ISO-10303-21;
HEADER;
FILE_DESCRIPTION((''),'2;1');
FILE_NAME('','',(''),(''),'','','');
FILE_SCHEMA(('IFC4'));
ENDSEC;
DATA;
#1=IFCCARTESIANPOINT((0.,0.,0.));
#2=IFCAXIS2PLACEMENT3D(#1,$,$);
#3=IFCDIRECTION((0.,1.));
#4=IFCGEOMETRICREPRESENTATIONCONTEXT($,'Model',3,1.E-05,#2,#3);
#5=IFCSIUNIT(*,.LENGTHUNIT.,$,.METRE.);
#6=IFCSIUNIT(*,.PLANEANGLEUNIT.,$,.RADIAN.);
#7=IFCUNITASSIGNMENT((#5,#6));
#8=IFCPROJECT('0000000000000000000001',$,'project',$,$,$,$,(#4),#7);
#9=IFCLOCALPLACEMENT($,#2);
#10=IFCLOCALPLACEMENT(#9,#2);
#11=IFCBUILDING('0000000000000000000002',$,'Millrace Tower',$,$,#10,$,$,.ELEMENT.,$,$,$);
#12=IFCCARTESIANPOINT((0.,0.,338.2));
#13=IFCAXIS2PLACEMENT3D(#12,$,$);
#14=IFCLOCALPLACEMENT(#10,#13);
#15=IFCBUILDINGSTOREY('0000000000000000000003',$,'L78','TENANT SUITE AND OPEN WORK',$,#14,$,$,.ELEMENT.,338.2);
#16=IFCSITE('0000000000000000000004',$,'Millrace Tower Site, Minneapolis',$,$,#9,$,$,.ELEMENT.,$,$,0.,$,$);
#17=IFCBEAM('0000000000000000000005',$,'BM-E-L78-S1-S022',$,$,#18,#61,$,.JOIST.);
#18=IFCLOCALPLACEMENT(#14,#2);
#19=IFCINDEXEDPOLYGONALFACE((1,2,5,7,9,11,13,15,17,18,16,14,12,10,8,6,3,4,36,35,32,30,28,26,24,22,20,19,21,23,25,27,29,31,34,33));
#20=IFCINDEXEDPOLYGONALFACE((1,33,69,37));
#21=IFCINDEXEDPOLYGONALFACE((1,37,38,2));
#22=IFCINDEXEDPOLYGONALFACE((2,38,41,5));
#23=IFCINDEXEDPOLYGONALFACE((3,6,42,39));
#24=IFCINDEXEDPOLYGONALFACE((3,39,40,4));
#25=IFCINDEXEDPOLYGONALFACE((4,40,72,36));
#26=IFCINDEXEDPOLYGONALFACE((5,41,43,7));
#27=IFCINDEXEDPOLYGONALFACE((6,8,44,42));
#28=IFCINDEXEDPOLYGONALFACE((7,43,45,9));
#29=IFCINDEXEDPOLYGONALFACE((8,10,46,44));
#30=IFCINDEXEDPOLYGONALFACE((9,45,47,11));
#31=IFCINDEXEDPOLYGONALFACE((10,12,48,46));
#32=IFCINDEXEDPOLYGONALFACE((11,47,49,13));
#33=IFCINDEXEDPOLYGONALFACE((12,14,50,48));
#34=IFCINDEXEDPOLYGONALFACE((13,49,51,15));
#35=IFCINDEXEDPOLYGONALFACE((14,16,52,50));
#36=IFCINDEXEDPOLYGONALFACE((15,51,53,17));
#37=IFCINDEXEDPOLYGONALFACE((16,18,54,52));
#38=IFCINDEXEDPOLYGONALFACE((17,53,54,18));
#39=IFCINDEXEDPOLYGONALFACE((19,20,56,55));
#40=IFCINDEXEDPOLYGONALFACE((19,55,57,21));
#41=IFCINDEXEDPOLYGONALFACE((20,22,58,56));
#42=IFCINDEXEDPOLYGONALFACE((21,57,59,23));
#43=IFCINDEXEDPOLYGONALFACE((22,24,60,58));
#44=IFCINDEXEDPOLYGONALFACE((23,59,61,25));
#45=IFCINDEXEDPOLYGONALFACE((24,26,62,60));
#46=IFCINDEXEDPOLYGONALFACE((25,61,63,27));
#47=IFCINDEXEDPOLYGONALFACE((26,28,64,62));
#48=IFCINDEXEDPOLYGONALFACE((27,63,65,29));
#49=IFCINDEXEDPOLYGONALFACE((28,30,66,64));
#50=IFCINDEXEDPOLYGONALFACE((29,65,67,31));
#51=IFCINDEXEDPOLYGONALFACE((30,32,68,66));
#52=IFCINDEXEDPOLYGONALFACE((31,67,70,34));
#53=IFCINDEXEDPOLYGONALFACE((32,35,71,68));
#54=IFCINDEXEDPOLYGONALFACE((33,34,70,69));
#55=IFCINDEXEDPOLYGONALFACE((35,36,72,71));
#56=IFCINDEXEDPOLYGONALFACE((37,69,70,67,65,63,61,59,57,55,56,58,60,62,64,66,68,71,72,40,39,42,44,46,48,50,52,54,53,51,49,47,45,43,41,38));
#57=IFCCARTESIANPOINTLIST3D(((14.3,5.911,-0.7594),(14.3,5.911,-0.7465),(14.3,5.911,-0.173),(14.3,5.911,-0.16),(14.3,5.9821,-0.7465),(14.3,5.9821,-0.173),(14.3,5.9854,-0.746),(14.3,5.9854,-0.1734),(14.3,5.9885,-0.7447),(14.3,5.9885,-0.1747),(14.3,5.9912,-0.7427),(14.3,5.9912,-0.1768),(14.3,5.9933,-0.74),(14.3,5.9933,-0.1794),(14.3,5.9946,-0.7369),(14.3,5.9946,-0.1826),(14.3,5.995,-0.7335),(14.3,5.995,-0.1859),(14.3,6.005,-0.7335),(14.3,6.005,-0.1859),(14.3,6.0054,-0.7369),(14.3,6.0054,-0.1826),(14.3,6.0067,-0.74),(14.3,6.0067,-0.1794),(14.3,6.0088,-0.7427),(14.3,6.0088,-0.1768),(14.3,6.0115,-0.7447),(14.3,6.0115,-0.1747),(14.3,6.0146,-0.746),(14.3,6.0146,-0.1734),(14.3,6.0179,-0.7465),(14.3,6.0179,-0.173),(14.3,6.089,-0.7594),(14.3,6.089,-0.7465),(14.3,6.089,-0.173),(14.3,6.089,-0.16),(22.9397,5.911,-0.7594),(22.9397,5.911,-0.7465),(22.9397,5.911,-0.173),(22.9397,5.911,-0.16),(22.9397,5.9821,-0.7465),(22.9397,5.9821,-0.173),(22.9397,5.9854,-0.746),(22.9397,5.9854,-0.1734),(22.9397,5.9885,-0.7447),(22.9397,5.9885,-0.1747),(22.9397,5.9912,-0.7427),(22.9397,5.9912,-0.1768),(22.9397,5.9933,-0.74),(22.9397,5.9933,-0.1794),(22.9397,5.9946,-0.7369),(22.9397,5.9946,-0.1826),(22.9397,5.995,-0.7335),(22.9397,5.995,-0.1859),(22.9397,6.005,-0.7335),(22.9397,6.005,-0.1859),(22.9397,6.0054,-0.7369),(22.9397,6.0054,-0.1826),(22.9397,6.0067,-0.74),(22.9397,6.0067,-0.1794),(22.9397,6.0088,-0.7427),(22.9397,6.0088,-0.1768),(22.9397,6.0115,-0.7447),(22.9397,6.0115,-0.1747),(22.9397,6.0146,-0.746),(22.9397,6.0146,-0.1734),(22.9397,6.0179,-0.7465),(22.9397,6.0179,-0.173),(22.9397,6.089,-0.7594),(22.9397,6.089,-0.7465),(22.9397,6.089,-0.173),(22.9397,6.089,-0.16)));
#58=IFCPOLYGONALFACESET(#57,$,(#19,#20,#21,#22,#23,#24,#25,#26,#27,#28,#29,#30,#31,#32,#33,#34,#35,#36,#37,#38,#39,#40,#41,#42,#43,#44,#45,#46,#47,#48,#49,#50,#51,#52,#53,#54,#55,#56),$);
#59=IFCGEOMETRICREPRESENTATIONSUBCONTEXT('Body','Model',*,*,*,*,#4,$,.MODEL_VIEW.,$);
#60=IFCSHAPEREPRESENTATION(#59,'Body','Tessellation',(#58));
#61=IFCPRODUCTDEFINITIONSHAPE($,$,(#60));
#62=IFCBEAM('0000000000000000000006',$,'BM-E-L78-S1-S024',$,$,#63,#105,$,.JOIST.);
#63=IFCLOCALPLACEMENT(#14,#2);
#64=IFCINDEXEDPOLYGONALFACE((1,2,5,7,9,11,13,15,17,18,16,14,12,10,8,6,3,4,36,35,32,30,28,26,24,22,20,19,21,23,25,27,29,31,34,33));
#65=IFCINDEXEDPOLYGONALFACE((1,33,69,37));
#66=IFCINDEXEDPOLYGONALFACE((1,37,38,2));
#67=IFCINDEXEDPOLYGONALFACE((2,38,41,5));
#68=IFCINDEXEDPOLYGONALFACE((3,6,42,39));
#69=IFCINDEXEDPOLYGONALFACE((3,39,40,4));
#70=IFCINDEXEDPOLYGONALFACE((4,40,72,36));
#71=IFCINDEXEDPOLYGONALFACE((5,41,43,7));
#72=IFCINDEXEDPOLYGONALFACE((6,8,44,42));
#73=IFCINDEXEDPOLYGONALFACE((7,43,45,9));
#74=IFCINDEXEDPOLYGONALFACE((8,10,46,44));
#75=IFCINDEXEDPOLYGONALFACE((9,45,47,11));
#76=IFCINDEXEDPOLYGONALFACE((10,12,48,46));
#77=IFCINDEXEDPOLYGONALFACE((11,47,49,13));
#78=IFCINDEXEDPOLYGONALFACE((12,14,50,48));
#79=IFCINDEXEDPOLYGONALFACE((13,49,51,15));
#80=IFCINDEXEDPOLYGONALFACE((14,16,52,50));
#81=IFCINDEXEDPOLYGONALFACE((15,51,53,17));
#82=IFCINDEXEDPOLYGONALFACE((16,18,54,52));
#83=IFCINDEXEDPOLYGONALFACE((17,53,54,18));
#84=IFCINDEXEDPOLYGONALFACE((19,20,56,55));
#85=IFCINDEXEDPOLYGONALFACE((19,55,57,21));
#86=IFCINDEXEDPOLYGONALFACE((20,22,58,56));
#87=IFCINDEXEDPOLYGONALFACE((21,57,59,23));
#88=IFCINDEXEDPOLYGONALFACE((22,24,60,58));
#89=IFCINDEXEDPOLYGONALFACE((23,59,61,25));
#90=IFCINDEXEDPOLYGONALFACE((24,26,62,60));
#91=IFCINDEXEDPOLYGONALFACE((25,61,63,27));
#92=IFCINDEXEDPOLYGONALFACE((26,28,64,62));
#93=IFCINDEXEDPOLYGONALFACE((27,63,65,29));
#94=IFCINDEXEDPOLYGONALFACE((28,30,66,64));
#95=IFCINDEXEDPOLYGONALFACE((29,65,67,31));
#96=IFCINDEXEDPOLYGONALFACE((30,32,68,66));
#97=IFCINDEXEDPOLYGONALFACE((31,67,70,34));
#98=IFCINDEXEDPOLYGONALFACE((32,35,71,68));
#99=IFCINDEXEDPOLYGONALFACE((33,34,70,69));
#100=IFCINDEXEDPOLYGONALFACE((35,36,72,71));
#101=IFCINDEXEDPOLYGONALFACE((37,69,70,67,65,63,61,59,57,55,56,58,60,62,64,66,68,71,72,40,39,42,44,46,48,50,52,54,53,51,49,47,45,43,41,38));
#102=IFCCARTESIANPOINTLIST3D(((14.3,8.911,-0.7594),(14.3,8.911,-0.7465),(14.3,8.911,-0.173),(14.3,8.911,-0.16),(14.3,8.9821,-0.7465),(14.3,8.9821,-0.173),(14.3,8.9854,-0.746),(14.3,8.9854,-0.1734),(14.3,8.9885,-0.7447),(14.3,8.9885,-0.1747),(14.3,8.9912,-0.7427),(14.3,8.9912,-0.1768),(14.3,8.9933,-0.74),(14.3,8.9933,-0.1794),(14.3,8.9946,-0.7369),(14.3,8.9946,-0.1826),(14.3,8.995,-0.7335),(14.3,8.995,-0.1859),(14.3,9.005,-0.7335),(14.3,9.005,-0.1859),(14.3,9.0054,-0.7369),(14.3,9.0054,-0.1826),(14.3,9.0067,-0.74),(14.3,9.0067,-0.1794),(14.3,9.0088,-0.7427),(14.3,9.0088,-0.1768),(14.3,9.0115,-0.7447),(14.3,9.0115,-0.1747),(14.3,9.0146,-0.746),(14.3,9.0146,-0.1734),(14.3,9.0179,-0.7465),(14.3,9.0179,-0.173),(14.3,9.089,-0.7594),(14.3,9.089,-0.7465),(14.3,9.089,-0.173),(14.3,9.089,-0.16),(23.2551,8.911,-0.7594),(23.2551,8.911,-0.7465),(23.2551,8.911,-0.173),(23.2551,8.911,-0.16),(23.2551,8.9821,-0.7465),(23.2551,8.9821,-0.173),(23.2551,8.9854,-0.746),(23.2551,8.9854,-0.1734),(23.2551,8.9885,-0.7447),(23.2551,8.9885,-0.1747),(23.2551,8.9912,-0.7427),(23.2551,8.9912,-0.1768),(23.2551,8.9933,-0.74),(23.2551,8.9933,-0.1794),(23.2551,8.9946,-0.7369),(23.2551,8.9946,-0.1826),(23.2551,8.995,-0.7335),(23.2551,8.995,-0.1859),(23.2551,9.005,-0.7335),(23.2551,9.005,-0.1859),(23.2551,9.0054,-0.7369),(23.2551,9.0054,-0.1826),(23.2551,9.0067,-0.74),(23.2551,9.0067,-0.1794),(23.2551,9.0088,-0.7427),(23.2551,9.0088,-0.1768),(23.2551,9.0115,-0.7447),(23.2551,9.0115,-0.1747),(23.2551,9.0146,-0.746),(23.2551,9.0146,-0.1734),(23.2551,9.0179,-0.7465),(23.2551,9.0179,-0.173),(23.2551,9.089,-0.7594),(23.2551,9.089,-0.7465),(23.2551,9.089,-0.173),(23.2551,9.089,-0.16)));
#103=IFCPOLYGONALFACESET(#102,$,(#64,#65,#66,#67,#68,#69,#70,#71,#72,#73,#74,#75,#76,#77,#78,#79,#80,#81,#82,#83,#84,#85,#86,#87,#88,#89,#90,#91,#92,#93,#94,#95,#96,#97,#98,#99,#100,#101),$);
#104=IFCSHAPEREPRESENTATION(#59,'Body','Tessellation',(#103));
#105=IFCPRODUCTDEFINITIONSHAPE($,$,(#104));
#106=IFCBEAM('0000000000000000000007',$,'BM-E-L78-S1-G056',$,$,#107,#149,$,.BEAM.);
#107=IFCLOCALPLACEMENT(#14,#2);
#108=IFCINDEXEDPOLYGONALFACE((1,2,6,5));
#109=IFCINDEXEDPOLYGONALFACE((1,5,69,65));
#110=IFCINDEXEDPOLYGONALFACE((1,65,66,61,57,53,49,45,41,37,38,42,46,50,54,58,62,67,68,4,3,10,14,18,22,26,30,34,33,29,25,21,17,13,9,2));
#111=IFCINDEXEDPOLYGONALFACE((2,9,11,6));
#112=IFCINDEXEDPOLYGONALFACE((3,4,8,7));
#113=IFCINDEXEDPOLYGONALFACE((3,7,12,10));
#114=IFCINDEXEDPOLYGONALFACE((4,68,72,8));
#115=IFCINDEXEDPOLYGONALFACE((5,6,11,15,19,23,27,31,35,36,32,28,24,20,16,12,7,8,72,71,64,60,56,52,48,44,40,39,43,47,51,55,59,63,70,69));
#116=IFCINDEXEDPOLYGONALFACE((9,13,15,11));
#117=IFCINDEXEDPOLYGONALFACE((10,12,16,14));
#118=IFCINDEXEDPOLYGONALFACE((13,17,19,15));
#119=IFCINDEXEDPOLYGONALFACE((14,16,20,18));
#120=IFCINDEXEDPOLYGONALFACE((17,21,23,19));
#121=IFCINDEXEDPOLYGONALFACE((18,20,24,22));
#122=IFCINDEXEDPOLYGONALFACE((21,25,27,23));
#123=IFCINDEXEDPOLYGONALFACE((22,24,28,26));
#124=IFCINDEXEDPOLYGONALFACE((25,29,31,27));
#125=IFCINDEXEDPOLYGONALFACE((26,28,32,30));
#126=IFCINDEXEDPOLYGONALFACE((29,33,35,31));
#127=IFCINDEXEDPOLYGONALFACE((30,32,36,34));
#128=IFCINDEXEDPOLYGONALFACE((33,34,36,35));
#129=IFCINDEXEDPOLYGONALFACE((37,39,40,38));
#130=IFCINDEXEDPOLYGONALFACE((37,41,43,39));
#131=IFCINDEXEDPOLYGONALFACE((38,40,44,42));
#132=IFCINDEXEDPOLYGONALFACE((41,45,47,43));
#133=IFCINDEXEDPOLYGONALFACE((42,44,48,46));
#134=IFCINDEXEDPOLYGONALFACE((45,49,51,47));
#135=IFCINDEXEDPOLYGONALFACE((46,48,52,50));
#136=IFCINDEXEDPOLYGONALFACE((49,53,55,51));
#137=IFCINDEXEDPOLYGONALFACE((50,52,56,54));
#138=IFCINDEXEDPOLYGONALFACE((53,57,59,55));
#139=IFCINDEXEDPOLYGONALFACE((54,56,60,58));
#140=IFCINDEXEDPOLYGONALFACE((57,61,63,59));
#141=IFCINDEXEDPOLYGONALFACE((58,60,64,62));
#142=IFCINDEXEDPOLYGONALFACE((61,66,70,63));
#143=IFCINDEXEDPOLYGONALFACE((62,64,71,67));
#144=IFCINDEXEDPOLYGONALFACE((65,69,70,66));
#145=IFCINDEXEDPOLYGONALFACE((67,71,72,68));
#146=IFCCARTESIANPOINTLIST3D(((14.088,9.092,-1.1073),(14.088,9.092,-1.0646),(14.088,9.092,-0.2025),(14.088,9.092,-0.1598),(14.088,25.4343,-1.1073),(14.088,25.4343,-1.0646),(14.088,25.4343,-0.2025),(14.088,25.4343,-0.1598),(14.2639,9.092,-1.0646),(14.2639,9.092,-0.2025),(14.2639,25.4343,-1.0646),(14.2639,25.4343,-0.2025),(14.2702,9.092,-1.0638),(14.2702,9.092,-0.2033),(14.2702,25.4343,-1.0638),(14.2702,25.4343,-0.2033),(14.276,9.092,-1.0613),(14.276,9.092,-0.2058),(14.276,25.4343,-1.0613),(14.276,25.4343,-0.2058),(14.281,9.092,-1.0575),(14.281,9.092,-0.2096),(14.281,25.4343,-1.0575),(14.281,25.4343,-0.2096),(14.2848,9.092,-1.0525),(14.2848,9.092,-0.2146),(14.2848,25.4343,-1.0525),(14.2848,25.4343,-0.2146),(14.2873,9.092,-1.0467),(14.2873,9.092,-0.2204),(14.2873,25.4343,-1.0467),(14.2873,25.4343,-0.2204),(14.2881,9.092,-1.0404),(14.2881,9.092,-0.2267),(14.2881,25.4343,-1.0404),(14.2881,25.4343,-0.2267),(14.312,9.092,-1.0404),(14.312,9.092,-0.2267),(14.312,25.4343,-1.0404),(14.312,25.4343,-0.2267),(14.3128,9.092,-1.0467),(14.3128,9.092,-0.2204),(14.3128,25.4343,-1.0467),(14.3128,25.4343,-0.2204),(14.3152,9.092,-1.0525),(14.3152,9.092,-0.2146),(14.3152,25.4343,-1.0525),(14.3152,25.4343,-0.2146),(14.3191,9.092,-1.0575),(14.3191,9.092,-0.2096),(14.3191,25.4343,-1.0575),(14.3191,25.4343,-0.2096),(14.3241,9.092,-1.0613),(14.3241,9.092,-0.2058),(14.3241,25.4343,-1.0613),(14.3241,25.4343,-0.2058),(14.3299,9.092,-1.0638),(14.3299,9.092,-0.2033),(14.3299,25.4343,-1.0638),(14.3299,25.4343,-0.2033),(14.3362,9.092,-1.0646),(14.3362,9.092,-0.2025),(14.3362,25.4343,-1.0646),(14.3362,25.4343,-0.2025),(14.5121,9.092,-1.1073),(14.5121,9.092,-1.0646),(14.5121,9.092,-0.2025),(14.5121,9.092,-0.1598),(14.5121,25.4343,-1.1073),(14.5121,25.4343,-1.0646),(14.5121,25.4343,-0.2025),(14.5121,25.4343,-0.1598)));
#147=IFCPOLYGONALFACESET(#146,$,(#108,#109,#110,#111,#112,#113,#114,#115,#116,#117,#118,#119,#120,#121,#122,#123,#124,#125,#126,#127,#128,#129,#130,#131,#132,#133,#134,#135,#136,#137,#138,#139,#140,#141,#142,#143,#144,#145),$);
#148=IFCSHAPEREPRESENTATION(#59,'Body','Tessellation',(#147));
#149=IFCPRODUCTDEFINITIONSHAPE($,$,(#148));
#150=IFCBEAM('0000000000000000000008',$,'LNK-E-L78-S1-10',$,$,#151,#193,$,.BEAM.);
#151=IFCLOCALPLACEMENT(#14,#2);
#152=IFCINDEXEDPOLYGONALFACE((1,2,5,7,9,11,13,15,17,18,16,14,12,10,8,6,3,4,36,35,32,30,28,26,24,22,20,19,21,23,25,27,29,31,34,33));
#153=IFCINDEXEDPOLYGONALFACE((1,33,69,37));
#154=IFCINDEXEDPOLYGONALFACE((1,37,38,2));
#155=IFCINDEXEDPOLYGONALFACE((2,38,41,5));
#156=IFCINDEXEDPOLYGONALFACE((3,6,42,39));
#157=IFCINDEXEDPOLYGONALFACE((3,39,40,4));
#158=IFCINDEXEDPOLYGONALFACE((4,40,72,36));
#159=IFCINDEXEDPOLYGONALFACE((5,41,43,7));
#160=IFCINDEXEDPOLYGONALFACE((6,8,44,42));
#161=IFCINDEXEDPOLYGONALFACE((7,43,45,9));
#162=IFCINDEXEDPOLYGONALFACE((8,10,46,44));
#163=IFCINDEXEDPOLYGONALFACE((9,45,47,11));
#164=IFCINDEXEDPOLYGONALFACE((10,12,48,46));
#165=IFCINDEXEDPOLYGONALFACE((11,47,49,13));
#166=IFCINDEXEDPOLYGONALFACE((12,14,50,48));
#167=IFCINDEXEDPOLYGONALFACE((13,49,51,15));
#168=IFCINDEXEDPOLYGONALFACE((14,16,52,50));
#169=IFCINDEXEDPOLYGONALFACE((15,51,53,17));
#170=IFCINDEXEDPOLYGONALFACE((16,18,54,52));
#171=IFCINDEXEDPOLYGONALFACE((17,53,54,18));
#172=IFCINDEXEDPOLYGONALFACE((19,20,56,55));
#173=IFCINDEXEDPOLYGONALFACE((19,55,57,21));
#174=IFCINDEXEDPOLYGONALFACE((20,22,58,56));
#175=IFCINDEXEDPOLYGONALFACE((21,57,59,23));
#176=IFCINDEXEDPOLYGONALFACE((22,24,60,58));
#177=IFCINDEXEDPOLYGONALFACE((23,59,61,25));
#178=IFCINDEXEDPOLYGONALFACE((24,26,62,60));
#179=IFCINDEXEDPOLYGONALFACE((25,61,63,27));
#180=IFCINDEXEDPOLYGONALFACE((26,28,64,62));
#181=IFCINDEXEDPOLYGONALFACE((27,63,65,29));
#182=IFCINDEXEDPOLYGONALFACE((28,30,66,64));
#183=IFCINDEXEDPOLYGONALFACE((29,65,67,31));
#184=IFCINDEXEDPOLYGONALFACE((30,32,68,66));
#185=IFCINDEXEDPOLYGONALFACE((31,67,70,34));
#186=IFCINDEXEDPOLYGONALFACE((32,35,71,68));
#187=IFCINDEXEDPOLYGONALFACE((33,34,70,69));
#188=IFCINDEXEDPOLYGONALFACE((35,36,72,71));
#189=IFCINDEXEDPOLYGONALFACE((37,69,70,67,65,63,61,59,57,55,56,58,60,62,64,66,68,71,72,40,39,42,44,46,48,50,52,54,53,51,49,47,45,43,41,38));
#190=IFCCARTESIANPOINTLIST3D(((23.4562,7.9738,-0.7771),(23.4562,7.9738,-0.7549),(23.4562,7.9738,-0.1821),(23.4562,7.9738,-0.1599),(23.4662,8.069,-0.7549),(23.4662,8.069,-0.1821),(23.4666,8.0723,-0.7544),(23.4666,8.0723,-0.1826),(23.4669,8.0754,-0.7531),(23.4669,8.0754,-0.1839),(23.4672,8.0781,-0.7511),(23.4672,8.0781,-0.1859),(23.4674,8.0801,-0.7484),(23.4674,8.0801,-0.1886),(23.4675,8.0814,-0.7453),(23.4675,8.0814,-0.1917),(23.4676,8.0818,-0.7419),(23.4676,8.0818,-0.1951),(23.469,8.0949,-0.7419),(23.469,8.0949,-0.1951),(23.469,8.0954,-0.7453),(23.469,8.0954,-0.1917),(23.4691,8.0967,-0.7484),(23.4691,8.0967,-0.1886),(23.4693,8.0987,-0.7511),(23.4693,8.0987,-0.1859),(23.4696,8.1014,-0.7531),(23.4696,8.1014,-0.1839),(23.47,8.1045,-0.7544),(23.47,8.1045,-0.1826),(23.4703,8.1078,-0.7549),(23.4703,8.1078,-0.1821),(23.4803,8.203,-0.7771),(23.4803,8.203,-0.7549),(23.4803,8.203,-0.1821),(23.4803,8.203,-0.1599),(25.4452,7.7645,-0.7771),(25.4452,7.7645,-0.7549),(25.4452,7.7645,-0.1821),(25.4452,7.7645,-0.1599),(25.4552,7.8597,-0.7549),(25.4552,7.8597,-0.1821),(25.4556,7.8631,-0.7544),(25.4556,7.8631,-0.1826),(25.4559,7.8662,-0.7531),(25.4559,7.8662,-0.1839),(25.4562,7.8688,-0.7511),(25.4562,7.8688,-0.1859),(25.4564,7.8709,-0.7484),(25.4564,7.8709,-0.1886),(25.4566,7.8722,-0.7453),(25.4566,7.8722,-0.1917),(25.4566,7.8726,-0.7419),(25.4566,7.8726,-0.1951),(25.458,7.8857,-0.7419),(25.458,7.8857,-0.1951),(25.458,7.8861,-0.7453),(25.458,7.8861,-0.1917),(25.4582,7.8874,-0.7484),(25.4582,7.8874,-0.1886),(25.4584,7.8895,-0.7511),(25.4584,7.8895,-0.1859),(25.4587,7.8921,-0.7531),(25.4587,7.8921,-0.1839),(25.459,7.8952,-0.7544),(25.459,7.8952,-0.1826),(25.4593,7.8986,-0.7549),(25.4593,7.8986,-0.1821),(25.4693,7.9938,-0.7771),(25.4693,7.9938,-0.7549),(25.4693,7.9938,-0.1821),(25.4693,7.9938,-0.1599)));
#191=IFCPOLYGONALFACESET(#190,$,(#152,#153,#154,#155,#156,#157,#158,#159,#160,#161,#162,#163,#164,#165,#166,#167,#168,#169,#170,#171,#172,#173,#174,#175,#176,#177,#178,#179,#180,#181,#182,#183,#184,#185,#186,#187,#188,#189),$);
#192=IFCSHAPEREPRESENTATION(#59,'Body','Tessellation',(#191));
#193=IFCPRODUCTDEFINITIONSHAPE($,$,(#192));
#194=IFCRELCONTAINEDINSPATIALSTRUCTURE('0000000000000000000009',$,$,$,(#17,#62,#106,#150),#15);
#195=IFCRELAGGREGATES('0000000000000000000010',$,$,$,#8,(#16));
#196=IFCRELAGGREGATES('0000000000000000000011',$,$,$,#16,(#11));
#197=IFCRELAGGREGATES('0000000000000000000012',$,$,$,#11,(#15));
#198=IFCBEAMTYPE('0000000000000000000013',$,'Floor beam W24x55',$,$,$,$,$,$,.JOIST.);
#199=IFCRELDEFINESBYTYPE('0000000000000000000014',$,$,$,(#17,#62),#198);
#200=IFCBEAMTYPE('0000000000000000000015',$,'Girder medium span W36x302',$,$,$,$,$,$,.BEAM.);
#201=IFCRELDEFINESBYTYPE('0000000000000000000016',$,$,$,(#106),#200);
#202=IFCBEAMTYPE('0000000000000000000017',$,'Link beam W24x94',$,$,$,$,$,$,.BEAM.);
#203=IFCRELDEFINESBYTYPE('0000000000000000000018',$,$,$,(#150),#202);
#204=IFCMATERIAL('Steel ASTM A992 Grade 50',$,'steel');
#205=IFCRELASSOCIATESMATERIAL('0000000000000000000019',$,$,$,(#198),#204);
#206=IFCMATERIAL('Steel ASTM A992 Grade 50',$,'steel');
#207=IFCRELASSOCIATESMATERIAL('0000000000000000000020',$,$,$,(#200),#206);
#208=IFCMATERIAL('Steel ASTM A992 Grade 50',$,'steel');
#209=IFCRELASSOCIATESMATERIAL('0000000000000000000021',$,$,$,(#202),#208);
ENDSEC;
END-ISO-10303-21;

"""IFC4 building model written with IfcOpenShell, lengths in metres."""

from ifc_helpers import new_model, si_unit, direction, frame, origin, origin_2d, place, context, subcontext, project, spatial, i_section, extrude, material, material_profile, profile_set, type_object, element, save


model = new_model("IFC4")

# Units and contexts
model_context = context("Model", 3, precision=1e-05, world=origin(), true_north=direction((0.0, 1.0)))
body_context = subcontext(model_context, "Body", "Model", "MODEL_VIEW")
ifc_project = project(units=[si_unit("LENGTHUNIT", "METRE"), si_unit("PLANEANGLEUNIT", "RADIAN")], contexts=[model_context])

# Site, building, storey
site_placement = place(None, origin())
site = spatial("IfcSite", under=ifc_project, at=site_placement, Name="Millrace Tower Site, Minneapolis", CompositionType="ELEMENT", RefElevation=0.0)
building_placement = place(site_placement, origin())
building = spatial("IfcBuilding", under=site, at=building_placement, Name="Millrace Tower", CompositionType="ELEMENT")
storey_placement = place(building_placement, frame((0.0, 0.0, 338.2)))
storey = spatial("IfcBuildingStorey", under=building, at=storey_placement, Name="L78", Description="TENANT SUITE AND OPEN WORK", CompositionType="ELEMENT", Elevation=338.2)

# Beams
ifc_material_1 = material(Name="Steel ASTM A992 Grade 50", Category="steel")
ifc_material_profile_1 = material_profile(ifc_material_1, i_section(OverallWidth=0.178, OverallDepth=0.5994, WebThickness=0.01, FlangeThickness=0.0129, FilletRadius=0.0129, at=origin_2d()))
ifc_profile_set_1 = profile_set([ifc_material_profile_1], Name="Steel ASTM A992 Grade 50")
beam_type_1 = type_object("IfcBeamType", Name="Floor beam W24x55", PredefinedType="JOIST", material=ifc_profile_set_1)
beam_1_placement = place(storey_placement, frame((14.3, 6.0, -0.4597), z_axis=(1.0, 0.0, 0.0), x_axis=(0.0, 1.0, 0.0)))
element("IfcBeam", 1, at=beam_1_placement, inside=storey, type_object=beam_type_1, Name="BM-E-L78-S1-S022", PredefinedType="JOIST", context=body_context, shape_type="SweptSolid", body=[
    extrude(i_section(OverallWidth=0.178, OverallDepth=0.5994, WebThickness=0.01, FlangeThickness=0.0129, FilletRadius=0.0129, at=origin_2d()), origin(), (0.0, 0.0, 1.0), 8.6396),
])
beam_2_placement = place(storey_placement, frame((14.3, 9.0, -0.4597), z_axis=(1.0, 0.0, 0.0), x_axis=(0.0, 1.0, 0.0)))
element("IfcBeam", 2, at=beam_2_placement, inside=storey, type_object=beam_type_1, Name="BM-E-L78-S1-S024", PredefinedType="JOIST", context=body_context, shape_type="SweptSolid", body=[
    extrude(i_section(OverallWidth=0.178, OverallDepth=0.5994, WebThickness=0.01, FlangeThickness=0.0129, FilletRadius=0.0129, at=origin_2d()), origin(), (0.0, 0.0, 1.0), 8.9551),
])
ifc_material_2 = material(Name="Steel ASTM A992 Grade 50", Category="steel")
ifc_material_profile_2 = material_profile(ifc_material_2, i_section(OverallWidth=0.4241, OverallDepth=0.9475, WebThickness=0.0239, FlangeThickness=0.0427, FilletRadius=0.0242, at=origin_2d()))
ifc_profile_set_2 = profile_set([ifc_material_profile_2], Name="Steel ASTM A992 Grade 50")
beam_type_2 = type_object("IfcBeamType", Name="Girder medium span W36x302", PredefinedType="BEAM", material=ifc_profile_set_2)
beam_3_placement = place(storey_placement, frame((14.3, 9.092, -0.6335), z_axis=(0.0, 1.0, 0.0), x_axis=(-1.0, 0.0, 0.0)))
element("IfcBeam", 3, at=beam_3_placement, inside=storey, type_object=beam_type_2, Name="BM-E-L78-S1-G056", PredefinedType="BEAM", context=body_context, shape_type="SweptSolid", body=[
    extrude(i_section(OverallWidth=0.4241, OverallDepth=0.9475, WebThickness=0.0239, FlangeThickness=0.0427, FilletRadius=0.0242, at=origin_2d()), origin(), (0.0, 0.0, 1.0), 16.3423),
])
ifc_material_3 = material(Name="Steel ASTM A992 Grade 50", Category="steel")
ifc_material_profile_3 = material_profile(ifc_material_3, i_section(OverallWidth=0.2305, OverallDepth=0.6172, WebThickness=0.0132, FlangeThickness=0.0222, FilletRadius=0.0129, at=origin_2d()))
ifc_profile_set_3 = profile_set([ifc_material_profile_3], Name="Steel ASTM A992 Grade 50")
beam_type_3 = type_object("IfcBeamType", Name="Link beam W24x94", PredefinedType="BEAM", material=ifc_profile_set_3)
beam_4_placement = place(storey_placement, frame((23.4683, 8.0884, -0.4685), z_axis=(0.994513, -0.104615, 0.0), x_axis=(0.104615, 0.994513, 0.0)))
element("IfcBeam", 4, at=beam_4_placement, inside=storey, type_object=beam_type_3, Name="LNK-E-L78-S1-10", PredefinedType="BEAM", context=body_context, shape_type="SweptSolid", body=[
    extrude(i_section(OverallWidth=0.2305, OverallDepth=0.6172, WebThickness=0.0132, FlangeThickness=0.0222, FilletRadius=0.0129, at=origin_2d()), origin(), (0.0, 0.0, 1.0), 2.0),
])

save(model, "model.ifc")
